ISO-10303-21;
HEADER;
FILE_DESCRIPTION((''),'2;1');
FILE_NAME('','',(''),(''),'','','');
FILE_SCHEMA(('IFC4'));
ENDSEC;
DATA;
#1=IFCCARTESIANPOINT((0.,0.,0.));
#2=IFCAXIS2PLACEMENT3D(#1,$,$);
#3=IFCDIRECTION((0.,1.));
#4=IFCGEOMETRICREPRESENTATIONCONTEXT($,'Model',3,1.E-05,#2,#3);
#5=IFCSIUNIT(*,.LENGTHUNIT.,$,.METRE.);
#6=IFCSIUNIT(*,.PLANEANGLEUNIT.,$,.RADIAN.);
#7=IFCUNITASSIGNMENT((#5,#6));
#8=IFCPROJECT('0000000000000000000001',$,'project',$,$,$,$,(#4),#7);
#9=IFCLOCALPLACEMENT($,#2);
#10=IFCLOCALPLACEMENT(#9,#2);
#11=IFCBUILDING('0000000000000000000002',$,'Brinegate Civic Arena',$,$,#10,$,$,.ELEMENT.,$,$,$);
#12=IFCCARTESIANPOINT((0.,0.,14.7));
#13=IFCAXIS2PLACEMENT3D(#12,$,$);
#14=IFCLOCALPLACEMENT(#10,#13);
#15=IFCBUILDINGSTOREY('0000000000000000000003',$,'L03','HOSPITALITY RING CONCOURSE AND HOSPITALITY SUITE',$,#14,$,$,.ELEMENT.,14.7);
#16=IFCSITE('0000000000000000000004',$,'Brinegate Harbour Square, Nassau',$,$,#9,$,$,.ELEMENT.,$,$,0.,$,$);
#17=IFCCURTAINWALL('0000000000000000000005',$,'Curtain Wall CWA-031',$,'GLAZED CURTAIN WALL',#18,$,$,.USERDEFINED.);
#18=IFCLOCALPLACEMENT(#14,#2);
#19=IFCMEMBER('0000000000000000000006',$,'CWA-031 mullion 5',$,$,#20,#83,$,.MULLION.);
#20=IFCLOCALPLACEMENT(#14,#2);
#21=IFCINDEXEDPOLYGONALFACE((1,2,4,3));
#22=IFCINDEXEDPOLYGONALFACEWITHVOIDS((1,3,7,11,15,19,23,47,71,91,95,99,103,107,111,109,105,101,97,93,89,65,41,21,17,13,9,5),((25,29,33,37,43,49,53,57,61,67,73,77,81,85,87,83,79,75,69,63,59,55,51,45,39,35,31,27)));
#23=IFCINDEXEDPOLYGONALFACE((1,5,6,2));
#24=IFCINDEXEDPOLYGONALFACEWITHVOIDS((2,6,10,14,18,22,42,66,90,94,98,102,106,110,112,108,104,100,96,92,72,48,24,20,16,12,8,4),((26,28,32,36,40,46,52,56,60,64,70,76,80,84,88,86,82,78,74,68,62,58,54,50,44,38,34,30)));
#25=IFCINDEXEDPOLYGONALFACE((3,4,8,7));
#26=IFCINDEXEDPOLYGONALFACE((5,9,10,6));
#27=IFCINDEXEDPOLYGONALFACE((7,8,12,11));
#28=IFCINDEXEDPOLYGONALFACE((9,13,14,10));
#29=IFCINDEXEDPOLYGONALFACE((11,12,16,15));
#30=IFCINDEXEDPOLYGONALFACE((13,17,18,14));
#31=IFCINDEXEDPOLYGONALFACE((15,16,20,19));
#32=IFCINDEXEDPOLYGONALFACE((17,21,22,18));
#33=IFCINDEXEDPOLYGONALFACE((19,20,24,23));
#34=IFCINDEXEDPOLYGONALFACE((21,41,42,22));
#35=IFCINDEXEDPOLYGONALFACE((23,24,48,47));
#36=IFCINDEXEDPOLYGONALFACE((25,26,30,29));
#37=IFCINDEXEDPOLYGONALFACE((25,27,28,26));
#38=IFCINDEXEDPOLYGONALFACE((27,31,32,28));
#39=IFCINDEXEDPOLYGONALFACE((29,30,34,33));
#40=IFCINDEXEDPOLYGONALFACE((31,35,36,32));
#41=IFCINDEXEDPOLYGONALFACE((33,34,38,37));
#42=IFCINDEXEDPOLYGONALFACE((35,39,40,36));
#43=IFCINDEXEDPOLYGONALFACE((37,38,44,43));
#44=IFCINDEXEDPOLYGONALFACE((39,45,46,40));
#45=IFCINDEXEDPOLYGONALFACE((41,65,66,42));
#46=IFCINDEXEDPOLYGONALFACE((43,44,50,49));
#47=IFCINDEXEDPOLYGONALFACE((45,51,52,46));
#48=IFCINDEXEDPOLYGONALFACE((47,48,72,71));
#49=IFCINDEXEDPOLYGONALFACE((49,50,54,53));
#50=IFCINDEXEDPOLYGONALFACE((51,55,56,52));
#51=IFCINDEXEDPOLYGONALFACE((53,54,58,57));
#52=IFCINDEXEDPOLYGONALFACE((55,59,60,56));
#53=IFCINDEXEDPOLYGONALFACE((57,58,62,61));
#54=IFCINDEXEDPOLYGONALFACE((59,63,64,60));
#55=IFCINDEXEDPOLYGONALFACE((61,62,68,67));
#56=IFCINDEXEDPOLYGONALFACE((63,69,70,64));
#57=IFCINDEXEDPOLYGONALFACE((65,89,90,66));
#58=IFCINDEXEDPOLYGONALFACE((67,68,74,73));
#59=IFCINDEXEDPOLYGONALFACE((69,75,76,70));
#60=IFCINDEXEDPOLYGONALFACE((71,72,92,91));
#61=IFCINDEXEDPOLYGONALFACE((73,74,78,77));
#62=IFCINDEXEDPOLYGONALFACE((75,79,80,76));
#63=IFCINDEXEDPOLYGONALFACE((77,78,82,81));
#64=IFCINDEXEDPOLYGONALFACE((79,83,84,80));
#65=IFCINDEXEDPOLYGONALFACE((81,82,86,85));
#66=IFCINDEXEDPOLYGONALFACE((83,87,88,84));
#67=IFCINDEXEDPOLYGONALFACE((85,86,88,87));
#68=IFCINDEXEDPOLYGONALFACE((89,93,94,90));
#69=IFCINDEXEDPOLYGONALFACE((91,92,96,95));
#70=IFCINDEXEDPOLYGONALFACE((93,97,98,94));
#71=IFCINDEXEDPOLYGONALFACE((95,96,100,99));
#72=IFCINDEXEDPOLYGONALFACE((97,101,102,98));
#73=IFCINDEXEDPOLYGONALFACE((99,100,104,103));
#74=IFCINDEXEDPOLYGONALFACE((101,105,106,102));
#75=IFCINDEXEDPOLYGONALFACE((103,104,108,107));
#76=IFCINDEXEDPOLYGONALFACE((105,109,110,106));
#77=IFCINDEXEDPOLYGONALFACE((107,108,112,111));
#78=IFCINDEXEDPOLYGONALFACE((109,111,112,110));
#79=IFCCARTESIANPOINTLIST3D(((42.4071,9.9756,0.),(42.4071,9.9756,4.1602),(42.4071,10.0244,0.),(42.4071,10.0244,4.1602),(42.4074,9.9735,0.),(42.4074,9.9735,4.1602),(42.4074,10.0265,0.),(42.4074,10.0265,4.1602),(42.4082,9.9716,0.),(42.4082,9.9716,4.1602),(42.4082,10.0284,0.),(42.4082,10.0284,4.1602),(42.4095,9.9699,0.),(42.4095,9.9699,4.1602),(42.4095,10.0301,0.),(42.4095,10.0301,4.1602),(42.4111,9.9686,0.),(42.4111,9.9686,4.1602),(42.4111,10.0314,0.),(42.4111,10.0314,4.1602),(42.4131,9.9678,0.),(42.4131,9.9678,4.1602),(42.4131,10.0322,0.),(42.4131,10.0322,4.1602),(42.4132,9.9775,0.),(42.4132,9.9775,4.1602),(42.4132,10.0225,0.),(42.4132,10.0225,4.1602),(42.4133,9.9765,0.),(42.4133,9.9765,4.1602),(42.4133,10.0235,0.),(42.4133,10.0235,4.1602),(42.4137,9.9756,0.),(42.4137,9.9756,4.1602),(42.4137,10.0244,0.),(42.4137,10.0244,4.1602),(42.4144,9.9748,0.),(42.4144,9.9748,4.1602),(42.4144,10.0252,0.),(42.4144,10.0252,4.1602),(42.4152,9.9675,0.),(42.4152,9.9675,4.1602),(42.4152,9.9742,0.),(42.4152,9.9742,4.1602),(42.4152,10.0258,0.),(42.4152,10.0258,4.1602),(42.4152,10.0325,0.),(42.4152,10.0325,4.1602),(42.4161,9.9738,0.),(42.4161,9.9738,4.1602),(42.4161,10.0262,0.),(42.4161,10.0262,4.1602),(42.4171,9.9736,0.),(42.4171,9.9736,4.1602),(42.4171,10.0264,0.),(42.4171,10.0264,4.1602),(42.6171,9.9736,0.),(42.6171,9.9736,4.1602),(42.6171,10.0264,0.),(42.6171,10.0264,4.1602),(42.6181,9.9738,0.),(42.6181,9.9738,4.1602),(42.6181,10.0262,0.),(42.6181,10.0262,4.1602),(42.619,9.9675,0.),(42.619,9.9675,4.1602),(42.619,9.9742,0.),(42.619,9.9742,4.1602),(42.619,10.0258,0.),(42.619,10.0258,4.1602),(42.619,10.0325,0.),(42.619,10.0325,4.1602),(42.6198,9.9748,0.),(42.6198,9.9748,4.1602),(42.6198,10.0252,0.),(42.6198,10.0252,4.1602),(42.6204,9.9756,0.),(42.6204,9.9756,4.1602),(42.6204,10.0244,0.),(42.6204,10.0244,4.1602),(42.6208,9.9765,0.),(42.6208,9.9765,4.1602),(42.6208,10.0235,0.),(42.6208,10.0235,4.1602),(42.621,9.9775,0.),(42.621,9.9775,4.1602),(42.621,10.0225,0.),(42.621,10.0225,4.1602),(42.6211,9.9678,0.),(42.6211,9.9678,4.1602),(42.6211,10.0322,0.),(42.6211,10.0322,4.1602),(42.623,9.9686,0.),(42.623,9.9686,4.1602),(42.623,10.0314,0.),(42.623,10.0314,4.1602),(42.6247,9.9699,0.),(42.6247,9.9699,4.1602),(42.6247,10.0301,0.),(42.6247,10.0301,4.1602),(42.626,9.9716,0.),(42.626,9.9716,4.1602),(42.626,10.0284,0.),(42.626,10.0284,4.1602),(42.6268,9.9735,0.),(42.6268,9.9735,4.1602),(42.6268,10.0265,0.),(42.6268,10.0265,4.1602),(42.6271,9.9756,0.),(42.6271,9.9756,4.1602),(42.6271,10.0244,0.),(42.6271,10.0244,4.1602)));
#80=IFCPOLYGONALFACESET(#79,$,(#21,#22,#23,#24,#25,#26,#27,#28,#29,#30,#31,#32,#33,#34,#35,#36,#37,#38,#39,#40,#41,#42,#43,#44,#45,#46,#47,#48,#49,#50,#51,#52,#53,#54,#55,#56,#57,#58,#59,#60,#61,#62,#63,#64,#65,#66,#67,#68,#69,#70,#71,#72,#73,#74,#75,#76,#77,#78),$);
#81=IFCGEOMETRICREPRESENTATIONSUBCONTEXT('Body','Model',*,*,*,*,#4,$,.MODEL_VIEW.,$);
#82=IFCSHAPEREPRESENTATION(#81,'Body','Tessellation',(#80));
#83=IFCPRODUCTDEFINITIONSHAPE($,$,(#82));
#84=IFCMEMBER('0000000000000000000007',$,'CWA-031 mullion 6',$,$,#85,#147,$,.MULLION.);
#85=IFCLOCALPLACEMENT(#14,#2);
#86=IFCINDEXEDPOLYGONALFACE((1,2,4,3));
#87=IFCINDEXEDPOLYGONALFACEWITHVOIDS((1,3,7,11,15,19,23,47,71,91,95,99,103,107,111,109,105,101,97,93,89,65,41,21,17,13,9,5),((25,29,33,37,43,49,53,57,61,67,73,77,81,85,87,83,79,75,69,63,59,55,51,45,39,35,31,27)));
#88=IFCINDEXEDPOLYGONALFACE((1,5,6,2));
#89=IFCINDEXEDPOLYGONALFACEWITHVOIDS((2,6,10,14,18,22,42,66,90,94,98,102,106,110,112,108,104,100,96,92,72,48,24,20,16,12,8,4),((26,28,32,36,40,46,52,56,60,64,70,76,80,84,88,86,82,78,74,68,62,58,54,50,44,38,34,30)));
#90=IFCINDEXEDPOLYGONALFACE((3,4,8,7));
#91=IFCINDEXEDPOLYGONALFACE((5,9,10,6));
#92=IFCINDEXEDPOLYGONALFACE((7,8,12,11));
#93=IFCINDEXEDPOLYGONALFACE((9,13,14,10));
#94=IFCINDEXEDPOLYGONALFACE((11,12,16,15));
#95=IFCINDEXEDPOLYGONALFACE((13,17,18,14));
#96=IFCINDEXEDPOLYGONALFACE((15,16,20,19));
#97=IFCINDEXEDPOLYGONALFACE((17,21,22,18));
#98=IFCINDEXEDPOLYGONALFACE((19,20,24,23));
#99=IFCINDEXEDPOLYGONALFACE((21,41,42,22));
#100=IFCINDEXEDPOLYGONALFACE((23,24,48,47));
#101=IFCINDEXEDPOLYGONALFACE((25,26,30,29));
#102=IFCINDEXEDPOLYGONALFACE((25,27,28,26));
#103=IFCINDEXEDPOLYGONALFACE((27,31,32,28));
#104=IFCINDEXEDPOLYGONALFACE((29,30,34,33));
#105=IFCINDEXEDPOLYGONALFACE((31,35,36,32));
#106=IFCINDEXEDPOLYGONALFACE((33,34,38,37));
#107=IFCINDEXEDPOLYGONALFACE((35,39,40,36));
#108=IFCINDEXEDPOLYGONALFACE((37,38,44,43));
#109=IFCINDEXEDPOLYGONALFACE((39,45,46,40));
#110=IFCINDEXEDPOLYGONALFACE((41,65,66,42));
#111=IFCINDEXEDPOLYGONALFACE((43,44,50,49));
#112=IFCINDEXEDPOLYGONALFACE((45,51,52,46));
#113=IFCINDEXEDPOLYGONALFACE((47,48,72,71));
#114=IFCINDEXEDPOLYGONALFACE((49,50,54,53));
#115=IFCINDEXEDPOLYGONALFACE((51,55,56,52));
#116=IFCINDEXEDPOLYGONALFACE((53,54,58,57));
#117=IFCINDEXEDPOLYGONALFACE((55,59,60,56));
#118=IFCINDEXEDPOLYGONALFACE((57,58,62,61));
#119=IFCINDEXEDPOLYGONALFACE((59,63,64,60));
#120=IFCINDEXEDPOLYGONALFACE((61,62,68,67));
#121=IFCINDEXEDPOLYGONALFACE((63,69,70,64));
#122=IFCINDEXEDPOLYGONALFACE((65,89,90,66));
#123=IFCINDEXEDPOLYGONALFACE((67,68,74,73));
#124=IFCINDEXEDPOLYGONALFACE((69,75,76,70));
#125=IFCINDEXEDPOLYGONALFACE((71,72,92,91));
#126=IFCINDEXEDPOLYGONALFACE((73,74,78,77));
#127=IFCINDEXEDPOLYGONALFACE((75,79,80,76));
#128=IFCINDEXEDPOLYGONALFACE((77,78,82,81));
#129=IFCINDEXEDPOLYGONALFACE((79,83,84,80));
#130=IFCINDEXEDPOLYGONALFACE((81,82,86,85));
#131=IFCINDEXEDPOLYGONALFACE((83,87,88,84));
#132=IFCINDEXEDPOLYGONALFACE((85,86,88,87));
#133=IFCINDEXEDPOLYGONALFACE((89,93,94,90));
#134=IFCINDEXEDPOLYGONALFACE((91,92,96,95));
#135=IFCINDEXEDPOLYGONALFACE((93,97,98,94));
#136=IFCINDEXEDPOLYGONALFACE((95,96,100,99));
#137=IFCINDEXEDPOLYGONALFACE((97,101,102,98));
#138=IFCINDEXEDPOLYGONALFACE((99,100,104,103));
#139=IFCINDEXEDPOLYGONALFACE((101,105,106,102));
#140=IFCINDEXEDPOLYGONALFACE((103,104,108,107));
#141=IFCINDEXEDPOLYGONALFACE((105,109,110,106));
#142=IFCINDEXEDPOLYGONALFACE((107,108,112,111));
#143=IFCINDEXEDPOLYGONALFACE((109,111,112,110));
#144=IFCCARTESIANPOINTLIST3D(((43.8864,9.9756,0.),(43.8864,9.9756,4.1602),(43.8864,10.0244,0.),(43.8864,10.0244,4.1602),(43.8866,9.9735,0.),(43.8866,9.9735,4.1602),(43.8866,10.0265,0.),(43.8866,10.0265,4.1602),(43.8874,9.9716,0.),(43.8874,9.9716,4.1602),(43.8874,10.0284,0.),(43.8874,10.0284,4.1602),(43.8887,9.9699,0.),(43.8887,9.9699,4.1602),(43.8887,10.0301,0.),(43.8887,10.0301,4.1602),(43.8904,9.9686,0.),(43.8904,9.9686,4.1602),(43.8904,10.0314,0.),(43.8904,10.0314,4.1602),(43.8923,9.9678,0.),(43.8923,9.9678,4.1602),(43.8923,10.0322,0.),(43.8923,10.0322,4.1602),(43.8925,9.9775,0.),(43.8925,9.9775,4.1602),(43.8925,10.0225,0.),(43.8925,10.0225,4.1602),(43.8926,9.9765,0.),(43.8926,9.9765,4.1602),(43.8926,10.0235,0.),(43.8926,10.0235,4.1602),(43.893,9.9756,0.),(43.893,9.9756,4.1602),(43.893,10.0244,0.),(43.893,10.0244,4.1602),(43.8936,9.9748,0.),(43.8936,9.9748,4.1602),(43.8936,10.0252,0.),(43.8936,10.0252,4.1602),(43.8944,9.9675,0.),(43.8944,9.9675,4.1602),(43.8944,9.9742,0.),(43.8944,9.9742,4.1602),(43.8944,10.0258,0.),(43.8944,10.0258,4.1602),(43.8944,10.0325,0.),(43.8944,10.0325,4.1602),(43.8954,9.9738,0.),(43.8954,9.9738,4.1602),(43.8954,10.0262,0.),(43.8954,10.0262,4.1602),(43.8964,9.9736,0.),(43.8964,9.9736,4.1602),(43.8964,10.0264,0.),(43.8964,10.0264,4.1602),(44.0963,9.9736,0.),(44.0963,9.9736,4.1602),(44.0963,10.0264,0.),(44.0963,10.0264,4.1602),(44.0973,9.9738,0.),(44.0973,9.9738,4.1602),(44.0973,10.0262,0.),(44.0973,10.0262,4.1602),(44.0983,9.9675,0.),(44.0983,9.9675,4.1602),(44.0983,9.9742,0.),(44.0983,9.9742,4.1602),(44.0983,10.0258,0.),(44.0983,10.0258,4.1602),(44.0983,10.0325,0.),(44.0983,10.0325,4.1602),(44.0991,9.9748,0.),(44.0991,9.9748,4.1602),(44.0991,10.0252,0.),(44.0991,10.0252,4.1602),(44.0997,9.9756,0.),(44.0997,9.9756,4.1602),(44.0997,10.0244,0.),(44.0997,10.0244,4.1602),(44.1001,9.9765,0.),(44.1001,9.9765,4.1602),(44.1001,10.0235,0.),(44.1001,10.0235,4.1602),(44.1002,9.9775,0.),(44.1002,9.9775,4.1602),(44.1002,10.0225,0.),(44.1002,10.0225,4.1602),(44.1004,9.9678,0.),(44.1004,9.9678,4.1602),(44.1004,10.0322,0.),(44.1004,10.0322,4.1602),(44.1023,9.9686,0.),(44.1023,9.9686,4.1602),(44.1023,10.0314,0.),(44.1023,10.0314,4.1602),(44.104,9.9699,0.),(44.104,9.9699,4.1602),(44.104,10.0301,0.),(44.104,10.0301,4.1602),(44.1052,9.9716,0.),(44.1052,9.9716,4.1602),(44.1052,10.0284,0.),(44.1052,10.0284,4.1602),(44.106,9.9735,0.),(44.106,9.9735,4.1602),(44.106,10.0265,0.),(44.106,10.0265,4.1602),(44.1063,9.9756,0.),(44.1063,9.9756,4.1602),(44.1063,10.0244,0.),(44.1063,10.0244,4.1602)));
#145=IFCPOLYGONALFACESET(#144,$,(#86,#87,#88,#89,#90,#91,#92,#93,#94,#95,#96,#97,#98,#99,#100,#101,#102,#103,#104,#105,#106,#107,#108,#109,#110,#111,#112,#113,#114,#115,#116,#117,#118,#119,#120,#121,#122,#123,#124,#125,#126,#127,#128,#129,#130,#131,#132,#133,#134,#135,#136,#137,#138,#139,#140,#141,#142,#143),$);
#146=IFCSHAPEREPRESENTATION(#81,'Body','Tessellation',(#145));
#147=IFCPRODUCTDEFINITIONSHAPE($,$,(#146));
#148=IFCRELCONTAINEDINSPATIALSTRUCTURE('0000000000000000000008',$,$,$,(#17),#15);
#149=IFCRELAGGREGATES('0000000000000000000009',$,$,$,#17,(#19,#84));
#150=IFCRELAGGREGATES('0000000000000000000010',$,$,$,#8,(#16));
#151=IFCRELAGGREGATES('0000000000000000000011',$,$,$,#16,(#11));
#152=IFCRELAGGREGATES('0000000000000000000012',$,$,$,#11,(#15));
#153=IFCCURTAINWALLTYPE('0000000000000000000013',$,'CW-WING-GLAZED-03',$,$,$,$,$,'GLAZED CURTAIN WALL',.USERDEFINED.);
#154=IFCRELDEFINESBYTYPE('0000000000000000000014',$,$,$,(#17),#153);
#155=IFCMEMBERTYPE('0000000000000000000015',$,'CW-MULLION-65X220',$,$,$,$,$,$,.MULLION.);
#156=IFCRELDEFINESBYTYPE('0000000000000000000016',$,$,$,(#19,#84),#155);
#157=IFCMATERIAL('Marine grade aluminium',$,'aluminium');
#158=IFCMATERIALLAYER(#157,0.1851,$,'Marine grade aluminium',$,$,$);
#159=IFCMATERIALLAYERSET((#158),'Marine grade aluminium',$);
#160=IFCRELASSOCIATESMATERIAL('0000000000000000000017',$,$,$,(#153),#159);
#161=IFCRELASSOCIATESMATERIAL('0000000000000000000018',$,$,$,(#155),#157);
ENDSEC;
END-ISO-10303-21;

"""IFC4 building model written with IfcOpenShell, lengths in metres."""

from ifc_helpers import new_model, si_unit, direction, frame, origin, origin_2d, place, context, subcontext, project, spatial, hollow_rectangle, extrude, material, layer, layer_set, material_profile, profile_set, type_object, element, aggregate, save


model = new_model("IFC4")

# Units and contexts
model_context = context("Model", 3, precision=1e-05, world=origin(), true_north=direction((0.0, 1.0)))
body_context = subcontext(model_context, "Body", "Model", "MODEL_VIEW")
ifc_project = project(units=[si_unit("LENGTHUNIT", "METRE"), si_unit("PLANEANGLEUNIT", "RADIAN")], contexts=[model_context])

# Site, building, storey
site_placement = place(None, origin())
site = spatial("IfcSite", under=ifc_project, at=site_placement, Name="Brinegate Harbour Square, Nassau", CompositionType="ELEMENT", RefElevation=0.0)
building_placement = place(site_placement, origin())
building = spatial("IfcBuilding", under=site, at=building_placement, Name="Brinegate Civic Arena", CompositionType="ELEMENT")
storey_placement = place(building_placement, frame((0.0, 0.0, 14.7)))
storey = spatial("IfcBuildingStorey", under=building, at=storey_placement, Name="L03", Description="HOSPITALITY RING CONCOURSE AND HOSPITALITY SUITE", CompositionType="ELEMENT", Elevation=14.7)

# Curtain wall, members
ifc_material_1 = material(Name="Marine grade aluminium", Category="aluminium")
ifc_layer_1 = layer(ifc_material_1, 0.1851, Name="Marine grade aluminium")
ifc_layer_set_1 = layer_set([ifc_layer_1], Name="Marine grade aluminium")
curtain_wall_type = type_object("IfcCurtainWallType", Name="CW-WING-GLAZED-03", ElementType="GLAZED CURTAIN WALL", PredefinedType="USERDEFINED", material=ifc_layer_set_1)
curtain_wall_1_placement = place(storey_placement, origin())
curtain_wall_1 = element("IfcCurtainWall", 1, at=curtain_wall_1_placement, inside=storey, type_object=curtain_wall_type, Name="Curtain Wall CWA-031", ObjectType="GLAZED CURTAIN WALL", PredefinedType="USERDEFINED")
ifc_material_profile_1 = material_profile(ifc_material_1, hollow_rectangle(XDim=0.0649, YDim=0.22, WallThickness=0.0061, InnerFilletRadius=0.0039, OuterFilletRadius=0.0081, at=origin_2d()), Name="MUL65X220")
ifc_profile_set_1 = profile_set([ifc_material_profile_1], Name="Marine grade aluminium")
member_type_1 = type_object("IfcMemberType", Name="CW-MULLION-65X220", PredefinedType="MULLION", material=ifc_profile_set_1)
member_1_placement = place(storey_placement, frame((42.5171, 10.0, 0.0), z_axis=(0.0, 0.0, 1.0), x_axis=(0.0, 1.0, 0.0)))
member_1 = element("IfcMember", 2, at=member_1_placement, type_object=member_type_1, Name="CWA-031 mullion 5", PredefinedType="MULLION", context=body_context, shape_type="SweptSolid", body=[
    extrude(hollow_rectangle(XDim=0.0649, YDim=0.22, WallThickness=0.0061, InnerFilletRadius=0.0039, OuterFilletRadius=0.0081, at=origin_2d()), origin(), (0.0, 0.0, 1.0), 4.1602),
])
member_2_placement = place(storey_placement, frame((43.9963, 10.0, 0.0), z_axis=(0.0, 0.0, 1.0), x_axis=(0.0, 1.0, 0.0)))
member_2 = element("IfcMember", 3, at=member_2_placement, type_object=member_type_1, Name="CWA-031 mullion 6", PredefinedType="MULLION", context=body_context, shape_type="SweptSolid", body=[
    extrude(hollow_rectangle(XDim=0.0649, YDim=0.22, WallThickness=0.0061, InnerFilletRadius=0.0039, OuterFilletRadius=0.0081, at=origin_2d()), origin(), (0.0, 0.0, 1.0), 4.1602),
])

aggregate(curtain_wall_1, [member_1, member_2])

save(model, "model.ifc")
